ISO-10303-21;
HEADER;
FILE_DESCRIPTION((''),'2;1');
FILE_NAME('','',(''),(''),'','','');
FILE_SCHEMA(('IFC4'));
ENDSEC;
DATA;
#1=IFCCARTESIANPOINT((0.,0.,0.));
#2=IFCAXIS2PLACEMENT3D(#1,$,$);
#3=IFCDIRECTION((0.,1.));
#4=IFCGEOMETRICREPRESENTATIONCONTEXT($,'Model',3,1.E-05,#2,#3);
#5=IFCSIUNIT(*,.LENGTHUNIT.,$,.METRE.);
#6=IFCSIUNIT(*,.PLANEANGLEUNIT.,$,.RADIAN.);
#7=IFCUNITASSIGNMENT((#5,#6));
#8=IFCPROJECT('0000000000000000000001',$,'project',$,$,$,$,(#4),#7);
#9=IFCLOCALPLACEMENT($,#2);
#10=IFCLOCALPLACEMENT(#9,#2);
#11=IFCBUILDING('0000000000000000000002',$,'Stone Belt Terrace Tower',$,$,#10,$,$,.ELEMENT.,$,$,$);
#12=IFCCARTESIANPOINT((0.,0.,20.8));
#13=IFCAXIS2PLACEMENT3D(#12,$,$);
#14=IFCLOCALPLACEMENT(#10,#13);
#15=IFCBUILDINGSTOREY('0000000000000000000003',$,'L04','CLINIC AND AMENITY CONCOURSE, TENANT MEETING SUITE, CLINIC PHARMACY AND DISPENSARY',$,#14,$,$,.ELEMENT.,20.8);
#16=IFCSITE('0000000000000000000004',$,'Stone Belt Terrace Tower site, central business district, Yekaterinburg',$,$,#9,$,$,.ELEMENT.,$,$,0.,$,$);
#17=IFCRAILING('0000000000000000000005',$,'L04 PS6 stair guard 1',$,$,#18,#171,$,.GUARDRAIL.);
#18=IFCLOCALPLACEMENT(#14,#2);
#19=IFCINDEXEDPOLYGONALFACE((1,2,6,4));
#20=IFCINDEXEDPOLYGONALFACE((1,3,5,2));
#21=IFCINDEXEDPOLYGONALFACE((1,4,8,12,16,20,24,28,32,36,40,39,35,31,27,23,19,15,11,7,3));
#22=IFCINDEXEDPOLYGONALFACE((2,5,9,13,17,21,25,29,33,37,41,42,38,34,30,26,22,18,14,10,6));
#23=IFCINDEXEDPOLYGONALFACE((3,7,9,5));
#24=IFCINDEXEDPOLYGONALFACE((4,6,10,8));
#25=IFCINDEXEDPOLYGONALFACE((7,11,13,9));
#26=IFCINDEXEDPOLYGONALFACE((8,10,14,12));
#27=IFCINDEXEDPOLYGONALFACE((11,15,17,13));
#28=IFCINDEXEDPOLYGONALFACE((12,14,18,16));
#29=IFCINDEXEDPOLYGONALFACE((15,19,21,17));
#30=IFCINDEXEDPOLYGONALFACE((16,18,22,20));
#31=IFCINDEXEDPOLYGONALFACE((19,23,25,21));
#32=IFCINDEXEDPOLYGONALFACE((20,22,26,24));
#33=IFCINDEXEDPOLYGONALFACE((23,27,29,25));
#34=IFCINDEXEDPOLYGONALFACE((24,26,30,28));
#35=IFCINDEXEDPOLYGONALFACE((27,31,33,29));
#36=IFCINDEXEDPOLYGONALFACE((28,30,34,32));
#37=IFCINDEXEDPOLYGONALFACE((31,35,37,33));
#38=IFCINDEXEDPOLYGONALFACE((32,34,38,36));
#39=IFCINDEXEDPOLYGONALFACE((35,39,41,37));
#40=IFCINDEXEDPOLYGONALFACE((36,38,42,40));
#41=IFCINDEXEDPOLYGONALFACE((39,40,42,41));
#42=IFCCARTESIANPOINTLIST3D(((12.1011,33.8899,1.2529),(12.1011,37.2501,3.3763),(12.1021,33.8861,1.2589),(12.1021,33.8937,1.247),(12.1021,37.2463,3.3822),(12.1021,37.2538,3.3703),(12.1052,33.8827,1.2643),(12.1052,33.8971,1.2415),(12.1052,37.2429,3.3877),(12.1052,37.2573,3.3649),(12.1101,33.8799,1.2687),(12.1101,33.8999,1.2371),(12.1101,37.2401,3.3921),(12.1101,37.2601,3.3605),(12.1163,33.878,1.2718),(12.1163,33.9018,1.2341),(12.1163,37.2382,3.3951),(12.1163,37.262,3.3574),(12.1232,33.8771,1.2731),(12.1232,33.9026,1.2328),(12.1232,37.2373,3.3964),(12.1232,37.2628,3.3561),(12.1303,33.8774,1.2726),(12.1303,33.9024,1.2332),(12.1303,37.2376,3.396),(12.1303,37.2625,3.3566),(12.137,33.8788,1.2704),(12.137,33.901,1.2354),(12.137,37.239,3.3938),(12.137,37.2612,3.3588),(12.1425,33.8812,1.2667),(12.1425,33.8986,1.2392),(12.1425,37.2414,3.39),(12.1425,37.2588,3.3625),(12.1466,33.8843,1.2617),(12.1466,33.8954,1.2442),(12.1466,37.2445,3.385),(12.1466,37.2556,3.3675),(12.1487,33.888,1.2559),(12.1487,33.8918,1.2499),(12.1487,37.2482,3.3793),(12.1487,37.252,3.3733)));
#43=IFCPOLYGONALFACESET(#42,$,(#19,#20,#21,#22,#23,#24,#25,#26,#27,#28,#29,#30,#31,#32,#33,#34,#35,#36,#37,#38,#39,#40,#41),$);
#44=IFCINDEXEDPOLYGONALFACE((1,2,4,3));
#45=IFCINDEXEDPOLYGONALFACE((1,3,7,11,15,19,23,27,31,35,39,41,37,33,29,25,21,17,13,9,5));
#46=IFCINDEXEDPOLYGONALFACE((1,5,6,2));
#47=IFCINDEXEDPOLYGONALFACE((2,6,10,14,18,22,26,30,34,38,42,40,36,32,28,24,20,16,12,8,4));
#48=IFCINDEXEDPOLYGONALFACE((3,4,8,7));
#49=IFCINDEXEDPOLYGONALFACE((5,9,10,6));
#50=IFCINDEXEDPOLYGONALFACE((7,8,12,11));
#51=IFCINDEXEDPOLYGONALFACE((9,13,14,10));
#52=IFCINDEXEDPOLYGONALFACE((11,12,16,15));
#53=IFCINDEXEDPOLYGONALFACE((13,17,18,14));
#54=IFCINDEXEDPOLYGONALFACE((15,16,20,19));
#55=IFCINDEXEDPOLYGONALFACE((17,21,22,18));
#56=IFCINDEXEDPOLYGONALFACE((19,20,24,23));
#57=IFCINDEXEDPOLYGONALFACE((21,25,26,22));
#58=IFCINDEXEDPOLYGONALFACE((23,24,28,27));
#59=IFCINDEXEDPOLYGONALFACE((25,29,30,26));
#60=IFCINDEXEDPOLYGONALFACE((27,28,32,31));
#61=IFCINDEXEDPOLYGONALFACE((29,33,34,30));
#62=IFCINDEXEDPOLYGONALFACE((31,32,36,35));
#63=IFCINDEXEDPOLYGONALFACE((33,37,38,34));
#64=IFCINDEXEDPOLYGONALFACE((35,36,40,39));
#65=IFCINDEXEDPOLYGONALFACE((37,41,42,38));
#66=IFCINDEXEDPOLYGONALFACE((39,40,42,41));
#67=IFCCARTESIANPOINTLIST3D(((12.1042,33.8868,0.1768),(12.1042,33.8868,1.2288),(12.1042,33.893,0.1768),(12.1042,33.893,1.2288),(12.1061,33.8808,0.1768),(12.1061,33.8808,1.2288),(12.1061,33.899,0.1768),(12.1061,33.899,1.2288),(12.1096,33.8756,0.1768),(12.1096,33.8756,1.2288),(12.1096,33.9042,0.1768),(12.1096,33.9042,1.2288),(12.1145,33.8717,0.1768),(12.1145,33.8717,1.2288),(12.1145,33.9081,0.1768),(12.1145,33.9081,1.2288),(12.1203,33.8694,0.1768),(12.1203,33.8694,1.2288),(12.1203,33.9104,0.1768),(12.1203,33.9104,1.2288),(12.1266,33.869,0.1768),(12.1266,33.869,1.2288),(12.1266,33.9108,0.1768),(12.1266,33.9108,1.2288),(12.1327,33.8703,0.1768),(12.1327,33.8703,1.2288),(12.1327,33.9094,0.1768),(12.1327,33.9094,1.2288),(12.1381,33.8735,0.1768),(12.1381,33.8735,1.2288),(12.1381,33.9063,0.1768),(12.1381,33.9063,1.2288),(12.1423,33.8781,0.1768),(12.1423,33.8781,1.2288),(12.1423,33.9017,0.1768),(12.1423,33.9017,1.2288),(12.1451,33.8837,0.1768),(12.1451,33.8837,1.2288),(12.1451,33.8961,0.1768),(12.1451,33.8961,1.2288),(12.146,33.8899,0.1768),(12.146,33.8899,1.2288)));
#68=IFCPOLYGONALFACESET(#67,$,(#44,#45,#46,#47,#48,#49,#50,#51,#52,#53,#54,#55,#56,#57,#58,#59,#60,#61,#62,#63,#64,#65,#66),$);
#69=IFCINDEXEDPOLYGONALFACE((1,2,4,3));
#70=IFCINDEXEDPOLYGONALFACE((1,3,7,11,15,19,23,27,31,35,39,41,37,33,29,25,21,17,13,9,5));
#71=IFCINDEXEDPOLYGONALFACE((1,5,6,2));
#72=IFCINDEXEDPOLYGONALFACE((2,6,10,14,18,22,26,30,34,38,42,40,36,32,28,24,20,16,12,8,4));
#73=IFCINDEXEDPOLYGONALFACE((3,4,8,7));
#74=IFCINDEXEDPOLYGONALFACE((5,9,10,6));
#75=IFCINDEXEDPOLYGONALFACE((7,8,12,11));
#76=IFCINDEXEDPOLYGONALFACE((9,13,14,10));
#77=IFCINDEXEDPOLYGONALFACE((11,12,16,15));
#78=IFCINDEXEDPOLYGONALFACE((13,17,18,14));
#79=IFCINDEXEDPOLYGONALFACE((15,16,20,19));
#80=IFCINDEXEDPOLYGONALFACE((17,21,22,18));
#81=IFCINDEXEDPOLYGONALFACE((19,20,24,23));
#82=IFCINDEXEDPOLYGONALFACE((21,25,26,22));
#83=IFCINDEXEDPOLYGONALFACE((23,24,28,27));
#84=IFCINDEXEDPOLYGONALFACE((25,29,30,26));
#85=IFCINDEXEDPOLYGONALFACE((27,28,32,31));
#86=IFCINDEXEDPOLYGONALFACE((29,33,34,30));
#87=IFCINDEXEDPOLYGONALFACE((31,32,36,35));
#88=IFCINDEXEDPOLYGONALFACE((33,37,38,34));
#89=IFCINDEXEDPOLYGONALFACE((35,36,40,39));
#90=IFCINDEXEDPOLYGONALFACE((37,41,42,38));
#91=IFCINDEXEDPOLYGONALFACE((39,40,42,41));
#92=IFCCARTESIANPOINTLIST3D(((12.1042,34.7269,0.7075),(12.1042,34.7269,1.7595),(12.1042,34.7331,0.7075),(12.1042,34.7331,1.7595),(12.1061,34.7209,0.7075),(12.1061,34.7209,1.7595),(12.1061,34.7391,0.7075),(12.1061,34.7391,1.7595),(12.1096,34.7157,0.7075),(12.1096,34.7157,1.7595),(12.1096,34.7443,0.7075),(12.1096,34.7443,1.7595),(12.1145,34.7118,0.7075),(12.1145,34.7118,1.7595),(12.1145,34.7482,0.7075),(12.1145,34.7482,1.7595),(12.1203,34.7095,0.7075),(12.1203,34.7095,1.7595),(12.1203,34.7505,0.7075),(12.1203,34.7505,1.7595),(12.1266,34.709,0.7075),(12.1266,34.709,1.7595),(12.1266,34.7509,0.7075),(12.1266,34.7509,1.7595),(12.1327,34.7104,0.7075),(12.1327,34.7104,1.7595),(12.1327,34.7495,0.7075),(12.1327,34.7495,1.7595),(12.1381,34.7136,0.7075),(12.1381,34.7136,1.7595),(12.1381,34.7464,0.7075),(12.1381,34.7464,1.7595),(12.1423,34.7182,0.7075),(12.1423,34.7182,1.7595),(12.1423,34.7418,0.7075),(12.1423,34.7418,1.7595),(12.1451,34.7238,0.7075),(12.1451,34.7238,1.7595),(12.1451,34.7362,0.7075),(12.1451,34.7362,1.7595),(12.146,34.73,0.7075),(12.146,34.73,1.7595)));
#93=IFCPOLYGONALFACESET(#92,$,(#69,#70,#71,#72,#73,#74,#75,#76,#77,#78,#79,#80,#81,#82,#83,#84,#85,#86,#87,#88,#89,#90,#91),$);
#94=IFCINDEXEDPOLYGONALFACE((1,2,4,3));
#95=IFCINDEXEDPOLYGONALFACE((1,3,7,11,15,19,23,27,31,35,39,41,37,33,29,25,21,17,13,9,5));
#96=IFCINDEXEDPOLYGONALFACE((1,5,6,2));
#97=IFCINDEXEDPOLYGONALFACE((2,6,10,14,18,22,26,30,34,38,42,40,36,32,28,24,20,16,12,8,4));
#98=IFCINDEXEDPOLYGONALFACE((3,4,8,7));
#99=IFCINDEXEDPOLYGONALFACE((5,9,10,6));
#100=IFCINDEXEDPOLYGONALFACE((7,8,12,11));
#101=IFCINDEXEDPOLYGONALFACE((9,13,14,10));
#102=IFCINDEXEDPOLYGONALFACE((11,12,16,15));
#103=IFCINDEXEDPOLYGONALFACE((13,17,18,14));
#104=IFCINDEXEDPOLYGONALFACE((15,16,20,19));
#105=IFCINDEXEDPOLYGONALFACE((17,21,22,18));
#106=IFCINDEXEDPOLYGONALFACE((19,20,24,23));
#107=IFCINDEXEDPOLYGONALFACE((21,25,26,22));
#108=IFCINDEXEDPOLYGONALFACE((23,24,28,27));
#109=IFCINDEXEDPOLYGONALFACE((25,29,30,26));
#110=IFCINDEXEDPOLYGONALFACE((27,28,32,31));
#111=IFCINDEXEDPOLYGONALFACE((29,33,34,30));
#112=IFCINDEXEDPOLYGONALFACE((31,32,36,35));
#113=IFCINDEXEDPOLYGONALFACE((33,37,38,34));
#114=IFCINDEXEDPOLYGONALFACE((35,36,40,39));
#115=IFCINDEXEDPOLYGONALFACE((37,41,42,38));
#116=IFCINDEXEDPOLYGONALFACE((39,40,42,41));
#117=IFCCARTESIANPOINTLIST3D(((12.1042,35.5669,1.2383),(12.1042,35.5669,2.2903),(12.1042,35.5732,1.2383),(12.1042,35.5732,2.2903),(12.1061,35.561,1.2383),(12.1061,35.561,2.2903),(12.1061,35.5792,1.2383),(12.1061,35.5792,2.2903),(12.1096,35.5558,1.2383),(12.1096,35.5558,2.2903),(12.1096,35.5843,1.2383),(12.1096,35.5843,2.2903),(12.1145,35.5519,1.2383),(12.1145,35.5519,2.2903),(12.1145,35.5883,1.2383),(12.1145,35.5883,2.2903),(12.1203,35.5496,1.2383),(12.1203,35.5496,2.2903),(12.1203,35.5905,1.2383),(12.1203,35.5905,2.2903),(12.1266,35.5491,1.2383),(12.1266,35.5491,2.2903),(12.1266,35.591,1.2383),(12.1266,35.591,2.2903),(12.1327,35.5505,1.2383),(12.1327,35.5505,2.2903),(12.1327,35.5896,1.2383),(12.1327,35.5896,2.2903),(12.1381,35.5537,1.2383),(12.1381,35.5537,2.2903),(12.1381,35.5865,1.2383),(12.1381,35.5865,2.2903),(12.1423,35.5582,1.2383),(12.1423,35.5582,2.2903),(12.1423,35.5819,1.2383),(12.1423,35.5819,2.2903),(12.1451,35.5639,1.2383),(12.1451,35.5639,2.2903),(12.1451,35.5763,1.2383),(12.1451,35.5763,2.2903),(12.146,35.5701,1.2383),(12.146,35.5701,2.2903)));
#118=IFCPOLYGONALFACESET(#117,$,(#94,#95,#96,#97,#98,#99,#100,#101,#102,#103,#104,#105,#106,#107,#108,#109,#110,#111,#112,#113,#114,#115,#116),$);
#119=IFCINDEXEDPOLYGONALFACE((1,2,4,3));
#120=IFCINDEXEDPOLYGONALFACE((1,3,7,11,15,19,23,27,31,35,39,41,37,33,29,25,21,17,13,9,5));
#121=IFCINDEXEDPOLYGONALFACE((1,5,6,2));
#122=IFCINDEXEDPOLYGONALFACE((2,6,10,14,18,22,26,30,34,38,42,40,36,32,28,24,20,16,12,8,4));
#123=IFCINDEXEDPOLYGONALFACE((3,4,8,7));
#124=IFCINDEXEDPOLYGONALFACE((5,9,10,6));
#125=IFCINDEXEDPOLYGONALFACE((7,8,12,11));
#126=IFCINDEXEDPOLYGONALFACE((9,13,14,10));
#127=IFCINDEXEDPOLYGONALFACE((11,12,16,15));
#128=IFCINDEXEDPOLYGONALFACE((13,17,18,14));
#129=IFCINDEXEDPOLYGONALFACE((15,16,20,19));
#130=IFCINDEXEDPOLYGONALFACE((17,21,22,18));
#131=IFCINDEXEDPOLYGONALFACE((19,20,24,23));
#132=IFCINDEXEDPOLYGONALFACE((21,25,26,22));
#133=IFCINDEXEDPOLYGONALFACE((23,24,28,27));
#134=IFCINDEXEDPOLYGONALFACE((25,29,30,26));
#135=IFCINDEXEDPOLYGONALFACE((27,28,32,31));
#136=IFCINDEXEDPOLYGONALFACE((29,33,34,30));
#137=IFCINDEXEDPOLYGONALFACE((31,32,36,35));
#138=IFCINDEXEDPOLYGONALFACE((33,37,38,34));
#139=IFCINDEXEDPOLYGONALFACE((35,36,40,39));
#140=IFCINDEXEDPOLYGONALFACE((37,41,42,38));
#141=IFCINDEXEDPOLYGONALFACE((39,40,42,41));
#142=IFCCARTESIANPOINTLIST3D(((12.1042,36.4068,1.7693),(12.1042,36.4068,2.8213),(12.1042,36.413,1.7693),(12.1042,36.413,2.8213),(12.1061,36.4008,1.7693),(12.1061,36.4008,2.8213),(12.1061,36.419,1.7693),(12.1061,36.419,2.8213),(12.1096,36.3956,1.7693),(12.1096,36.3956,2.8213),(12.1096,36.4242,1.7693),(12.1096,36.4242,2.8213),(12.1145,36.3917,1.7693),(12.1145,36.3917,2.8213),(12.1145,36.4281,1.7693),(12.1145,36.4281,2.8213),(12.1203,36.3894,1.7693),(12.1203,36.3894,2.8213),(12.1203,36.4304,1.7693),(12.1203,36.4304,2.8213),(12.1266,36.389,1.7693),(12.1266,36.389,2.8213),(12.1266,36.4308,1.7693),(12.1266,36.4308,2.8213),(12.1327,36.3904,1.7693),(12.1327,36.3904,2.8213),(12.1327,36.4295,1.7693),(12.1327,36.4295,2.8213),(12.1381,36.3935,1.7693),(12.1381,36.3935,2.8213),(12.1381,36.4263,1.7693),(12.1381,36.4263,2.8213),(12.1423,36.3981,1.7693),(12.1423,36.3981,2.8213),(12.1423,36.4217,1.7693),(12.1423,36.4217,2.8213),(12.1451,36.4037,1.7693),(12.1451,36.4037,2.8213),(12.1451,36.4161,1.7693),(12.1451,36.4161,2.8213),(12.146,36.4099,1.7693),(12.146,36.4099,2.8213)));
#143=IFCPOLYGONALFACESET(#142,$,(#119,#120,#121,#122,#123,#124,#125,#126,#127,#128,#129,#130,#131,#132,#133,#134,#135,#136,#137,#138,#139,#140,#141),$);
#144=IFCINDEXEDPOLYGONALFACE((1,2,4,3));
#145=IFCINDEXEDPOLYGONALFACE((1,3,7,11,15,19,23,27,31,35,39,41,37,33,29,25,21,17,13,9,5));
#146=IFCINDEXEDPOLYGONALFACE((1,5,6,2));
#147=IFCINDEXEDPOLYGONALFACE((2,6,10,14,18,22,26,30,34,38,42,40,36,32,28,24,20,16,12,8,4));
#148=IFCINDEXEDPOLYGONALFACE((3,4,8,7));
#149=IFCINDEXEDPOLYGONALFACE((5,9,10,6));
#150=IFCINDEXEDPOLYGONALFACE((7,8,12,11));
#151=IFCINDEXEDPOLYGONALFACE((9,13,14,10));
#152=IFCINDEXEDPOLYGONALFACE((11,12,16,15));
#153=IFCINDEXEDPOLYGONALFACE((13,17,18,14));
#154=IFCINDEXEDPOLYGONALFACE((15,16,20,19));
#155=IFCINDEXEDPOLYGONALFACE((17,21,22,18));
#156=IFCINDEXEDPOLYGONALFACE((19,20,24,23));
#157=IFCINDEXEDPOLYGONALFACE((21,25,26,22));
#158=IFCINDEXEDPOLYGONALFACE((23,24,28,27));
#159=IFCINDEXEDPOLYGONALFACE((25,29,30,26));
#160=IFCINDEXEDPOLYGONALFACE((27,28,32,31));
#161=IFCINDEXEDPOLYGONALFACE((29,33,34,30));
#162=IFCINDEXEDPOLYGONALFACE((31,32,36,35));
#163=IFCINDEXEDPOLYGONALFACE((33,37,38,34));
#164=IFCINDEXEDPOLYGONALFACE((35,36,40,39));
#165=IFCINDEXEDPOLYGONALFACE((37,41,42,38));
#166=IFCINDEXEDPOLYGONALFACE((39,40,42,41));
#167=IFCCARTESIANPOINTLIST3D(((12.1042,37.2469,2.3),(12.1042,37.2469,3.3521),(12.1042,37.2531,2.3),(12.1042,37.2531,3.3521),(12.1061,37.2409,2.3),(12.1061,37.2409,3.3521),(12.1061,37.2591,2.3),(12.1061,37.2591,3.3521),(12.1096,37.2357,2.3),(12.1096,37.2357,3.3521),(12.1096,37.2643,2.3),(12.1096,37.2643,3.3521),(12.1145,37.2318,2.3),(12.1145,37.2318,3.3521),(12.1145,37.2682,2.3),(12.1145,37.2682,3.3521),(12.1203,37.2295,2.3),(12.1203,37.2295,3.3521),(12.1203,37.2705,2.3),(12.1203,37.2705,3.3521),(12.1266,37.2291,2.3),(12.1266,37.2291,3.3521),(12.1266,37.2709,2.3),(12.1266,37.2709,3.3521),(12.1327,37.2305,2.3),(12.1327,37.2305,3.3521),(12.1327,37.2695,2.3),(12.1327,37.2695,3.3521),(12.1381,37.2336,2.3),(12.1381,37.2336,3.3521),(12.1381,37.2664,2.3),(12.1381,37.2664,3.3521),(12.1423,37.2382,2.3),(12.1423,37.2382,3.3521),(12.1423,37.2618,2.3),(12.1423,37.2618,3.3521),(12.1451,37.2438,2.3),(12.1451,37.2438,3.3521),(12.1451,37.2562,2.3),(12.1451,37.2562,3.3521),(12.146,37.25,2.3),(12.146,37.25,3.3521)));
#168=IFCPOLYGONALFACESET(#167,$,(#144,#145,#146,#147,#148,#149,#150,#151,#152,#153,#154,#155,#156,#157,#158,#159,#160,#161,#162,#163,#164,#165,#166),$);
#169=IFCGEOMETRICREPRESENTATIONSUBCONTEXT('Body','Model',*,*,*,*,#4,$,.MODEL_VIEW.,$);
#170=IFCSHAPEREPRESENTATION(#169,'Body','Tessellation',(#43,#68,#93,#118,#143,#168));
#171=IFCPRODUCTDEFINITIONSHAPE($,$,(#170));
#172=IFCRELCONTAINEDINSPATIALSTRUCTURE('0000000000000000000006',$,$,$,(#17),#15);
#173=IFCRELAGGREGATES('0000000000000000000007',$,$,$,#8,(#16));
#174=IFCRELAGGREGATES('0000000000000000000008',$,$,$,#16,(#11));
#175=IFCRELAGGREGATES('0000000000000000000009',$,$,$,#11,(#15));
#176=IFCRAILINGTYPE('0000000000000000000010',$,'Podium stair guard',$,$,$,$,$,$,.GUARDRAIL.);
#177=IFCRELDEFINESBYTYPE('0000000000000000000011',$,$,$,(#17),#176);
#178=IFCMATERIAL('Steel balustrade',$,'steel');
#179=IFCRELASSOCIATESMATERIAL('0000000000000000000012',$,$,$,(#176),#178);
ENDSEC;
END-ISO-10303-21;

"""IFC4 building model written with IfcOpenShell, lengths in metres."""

from ifc_helpers import new_model, si_unit, direction, frame, origin, origin_2d, place, context, subcontext, project, spatial, circle, extrude, material, type_object, element, save


model = new_model("IFC4")

# Units and contexts
model_context = context("Model", 3, precision=1e-05, world=origin(), true_north=direction((0.0, 1.0)))
body_context = subcontext(model_context, "Body", "Model", "MODEL_VIEW")
ifc_project = project(units=[si_unit("LENGTHUNIT", "METRE"), si_unit("PLANEANGLEUNIT", "RADIAN")], contexts=[model_context])

# Site, building, storey
site_placement = place(None, origin())
site = spatial("IfcSite", under=ifc_project, at=site_placement, Name="Stone Belt Terrace Tower site, central business district, Yekaterinburg", CompositionType="ELEMENT", RefElevation=0.0)
building_placement = place(site_placement, origin())
building = spatial("IfcBuilding", under=site, at=building_placement, Name="Stone Belt Terrace Tower", CompositionType="ELEMENT")
storey_placement = place(building_placement, frame((0.0, 0.0, 20.8)))
storey = spatial("IfcBuildingStorey", under=building, at=storey_placement, Name="L04", Description="CLINIC AND AMENITY CONCOURSE, TENANT MEETING SUITE, CLINIC PHARMACY AND DISPENSARY", CompositionType="ELEMENT", Elevation=20.8)

# Railing
ifc_material_1 = material(Name="Steel balustrade", Category="steel")
railing_type_1 = type_object("IfcRailingType", Name="Podium stair guard", PredefinedType="GUARDRAIL", material=ifc_material_1)
railing_1_placement = place(storey_placement, frame((12.125, 33.8899, 0.1768)))
element("IfcRailing", 1, at=railing_1_placement, inside=storey, type_object=railing_type_1, Name="L04 PS6 stair guard 1", PredefinedType="GUARDRAIL", context=body_context, shape_type="SweptSolid", body=[
    extrude(circle(Radius=0.0239, at=origin_2d()), frame((0.0, 0.0, 1.0762), z_axis=(0.0, 0.845362, 0.534194), x_axis=(-1.0, 0.0, 0.0)), (0.0, 0.0, 1.0), 3.9749),
    extrude(circle(Radius=0.021, at=origin_2d()), origin(), (0.0, 0.0, 1.0), 1.052),
    extrude(circle(Radius=0.021, at=origin_2d()), frame((0.0, 0.8401, 0.5308)), (0.0, 0.0, 1.0), 1.052),
    extrude(circle(Radius=0.021, at=origin_2d()), frame((0.0, 1.6802, 1.0615)), (0.0, 0.0, 1.0), 1.052),
    extrude(circle(Radius=0.021, at=origin_2d()), frame((0.0, 2.52, 1.5925)), (0.0, 0.0, 1.0), 1.052),
    extrude(circle(Radius=0.021, at=origin_2d()), frame((0.0, 3.3601, 2.1233)), (0.0, 0.0, 1.0), 1.052),
])

save(model, "model.ifc")
